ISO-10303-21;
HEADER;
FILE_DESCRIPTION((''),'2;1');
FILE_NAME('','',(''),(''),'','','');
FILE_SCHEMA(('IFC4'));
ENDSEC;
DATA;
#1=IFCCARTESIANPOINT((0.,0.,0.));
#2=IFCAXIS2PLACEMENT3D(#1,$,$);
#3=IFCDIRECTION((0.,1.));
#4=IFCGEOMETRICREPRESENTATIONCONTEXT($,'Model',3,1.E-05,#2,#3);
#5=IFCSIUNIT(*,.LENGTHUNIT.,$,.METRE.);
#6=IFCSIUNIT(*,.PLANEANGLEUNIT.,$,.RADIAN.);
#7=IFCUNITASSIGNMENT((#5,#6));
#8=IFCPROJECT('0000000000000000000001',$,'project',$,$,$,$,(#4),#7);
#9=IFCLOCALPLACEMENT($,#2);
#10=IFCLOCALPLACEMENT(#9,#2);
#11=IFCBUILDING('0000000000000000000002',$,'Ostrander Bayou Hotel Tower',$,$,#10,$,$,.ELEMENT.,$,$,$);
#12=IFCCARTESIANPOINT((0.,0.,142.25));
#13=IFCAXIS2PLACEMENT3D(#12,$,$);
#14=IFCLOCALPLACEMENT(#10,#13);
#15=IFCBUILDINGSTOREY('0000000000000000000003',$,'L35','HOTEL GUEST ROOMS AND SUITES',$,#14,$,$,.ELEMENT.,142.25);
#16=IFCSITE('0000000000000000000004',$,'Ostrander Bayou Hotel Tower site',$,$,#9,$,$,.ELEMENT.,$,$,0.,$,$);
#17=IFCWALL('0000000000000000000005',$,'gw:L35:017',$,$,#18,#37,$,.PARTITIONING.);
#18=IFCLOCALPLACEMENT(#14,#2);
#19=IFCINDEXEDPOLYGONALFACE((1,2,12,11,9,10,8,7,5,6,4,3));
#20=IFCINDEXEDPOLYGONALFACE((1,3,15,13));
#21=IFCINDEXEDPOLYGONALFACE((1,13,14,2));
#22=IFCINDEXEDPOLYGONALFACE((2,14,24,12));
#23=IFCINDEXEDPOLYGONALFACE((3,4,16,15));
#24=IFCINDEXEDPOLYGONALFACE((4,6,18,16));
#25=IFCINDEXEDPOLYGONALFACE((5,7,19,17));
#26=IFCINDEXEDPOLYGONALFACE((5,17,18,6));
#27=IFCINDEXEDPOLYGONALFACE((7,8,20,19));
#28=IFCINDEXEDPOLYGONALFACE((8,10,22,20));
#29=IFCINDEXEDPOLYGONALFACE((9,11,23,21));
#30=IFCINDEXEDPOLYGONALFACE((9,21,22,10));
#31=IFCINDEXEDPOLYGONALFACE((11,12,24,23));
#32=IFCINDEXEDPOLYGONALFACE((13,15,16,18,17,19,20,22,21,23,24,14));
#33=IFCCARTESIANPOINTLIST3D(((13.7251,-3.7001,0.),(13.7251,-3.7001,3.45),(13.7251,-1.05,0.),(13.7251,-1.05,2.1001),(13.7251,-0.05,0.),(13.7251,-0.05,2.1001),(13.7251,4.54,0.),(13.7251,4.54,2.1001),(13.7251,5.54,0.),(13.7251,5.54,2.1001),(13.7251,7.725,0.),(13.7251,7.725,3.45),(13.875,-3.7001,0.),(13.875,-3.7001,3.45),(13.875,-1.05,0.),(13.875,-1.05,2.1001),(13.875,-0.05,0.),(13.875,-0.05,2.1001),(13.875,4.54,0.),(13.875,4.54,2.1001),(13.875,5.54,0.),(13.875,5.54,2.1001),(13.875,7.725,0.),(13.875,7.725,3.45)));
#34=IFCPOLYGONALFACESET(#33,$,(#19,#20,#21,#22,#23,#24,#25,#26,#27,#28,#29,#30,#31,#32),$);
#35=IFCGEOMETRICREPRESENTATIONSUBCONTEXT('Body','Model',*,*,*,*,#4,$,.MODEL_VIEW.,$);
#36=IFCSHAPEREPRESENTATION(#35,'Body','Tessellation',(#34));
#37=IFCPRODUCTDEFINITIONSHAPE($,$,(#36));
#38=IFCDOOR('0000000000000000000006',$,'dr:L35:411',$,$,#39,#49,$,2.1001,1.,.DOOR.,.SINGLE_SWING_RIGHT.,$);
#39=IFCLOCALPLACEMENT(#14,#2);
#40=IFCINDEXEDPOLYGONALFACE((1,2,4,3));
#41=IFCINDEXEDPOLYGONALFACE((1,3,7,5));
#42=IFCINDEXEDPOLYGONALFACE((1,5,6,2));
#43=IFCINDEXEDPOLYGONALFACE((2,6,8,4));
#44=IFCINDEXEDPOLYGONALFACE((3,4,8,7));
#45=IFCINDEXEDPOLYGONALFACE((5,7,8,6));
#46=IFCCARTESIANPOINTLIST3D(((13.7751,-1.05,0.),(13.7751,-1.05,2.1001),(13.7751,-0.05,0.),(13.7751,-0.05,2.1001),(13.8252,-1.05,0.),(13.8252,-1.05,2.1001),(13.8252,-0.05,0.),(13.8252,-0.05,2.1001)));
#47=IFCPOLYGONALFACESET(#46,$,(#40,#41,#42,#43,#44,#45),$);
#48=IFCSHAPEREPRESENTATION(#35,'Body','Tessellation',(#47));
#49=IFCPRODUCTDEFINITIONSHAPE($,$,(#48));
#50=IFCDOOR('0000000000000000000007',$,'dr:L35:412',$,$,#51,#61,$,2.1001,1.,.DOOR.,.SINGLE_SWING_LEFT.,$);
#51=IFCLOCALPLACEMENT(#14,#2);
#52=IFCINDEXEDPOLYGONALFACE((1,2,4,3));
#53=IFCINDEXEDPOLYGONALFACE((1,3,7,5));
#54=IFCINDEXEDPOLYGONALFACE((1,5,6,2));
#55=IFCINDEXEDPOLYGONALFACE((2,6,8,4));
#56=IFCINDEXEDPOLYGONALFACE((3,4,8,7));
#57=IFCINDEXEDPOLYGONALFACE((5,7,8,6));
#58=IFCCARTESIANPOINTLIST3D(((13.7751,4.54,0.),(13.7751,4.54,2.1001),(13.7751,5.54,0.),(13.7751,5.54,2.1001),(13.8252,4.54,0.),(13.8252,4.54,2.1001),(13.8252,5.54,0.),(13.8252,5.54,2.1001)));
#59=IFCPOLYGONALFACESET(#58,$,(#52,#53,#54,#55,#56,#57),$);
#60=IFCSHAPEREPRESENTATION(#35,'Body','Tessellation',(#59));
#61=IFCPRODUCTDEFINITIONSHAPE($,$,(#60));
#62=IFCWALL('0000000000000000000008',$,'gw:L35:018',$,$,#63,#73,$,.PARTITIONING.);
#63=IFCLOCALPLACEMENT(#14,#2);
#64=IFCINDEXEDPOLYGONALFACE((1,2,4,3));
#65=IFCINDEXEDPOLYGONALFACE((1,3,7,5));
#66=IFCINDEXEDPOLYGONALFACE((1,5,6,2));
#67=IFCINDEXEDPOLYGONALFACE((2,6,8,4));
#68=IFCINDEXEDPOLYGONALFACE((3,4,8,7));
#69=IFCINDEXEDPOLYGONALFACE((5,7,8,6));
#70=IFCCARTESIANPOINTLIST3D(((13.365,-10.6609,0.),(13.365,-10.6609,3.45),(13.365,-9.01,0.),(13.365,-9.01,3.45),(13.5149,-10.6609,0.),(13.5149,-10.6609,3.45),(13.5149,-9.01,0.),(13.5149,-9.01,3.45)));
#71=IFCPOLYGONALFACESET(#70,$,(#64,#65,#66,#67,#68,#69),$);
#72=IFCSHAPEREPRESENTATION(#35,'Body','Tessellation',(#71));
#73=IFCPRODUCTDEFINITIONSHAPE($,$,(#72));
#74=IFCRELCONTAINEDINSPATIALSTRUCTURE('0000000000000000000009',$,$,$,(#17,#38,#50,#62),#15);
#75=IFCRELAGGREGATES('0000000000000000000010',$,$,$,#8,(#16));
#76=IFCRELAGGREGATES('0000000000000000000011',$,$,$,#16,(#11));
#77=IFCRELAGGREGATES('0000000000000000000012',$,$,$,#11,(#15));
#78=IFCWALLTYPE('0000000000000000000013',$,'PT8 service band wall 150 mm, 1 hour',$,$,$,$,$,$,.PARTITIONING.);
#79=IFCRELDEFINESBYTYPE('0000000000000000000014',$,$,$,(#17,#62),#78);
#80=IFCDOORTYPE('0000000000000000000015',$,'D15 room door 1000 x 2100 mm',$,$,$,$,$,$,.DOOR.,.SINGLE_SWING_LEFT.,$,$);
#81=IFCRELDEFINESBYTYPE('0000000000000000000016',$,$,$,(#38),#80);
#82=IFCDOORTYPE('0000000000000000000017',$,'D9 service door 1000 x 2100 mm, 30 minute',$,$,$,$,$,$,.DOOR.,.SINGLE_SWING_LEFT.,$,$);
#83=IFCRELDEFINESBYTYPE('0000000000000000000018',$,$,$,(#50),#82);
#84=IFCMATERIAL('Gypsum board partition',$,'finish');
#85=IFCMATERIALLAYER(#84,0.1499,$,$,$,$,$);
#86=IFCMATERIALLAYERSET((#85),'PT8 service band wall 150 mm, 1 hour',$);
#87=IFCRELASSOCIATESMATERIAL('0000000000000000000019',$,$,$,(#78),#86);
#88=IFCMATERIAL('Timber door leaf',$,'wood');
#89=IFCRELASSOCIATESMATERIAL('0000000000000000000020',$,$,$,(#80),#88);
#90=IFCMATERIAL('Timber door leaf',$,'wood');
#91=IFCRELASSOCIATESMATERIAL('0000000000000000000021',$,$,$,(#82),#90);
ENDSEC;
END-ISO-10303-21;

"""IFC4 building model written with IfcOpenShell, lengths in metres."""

from ifc_helpers import new_model, si_unit, direction, frame, frame_2d, origin, place, context, subcontext, project, spatial, rectangle, extrude, material, layer, layer_set, type_object, element, fill, save


model = new_model("IFC4")

# Units and contexts
model_context = context("Model", 3, precision=1e-05, world=origin(), true_north=direction((0.0, 1.0)))
body_context = subcontext(model_context, "Body", "Model", "MODEL_VIEW")
ifc_project = project(units=[si_unit("LENGTHUNIT", "METRE"), si_unit("PLANEANGLEUNIT", "RADIAN")], contexts=[model_context])

# Site, building, storey
site_placement = place(None, origin())
site = spatial("IfcSite", under=ifc_project, at=site_placement, Name="Ostrander Bayou Hotel Tower site", CompositionType="ELEMENT", RefElevation=0.0)
building_placement = place(site_placement, origin())
building = spatial("IfcBuilding", under=site, at=building_placement, Name="Ostrander Bayou Hotel Tower", CompositionType="ELEMENT")
storey_placement = place(building_placement, frame((0.0, 0.0, 142.25)))
storey = spatial("IfcBuildingStorey", under=building, at=storey_placement, Name="L35", Description="HOTEL GUEST ROOMS AND SUITES", CompositionType="ELEMENT", Elevation=142.25)

# Shared definitions
ifc_material_1 = material(Name="Gypsum board partition", Category="finish")
ifc_layer_1 = layer(ifc_material_1, 0.1499)
ifc_layer_set_1 = layer_set([ifc_layer_1], Name="PT8 service band wall 150 mm, 1 hour")
wall_type_1 = type_object("IfcWallType", Name="PT8 service band wall 150 mm, 1 hour", PredefinedType="PARTITIONING", material=ifc_layer_set_1)

# Wall, openings, doors
wall_1_placement = place(storey_placement, frame((13.8, -3.7, 0.0), z_axis=(0.0, 0.0, 1.0), x_axis=(0.0, 1.0, 0.0)))
wall_1 = element("IfcWall", 1, at=wall_1_placement, inside=storey, type_object=wall_type_1, Name="gw:L35:017", PredefinedType="PARTITIONING", context=body_context, shape_type="SweptSolid", body=[
    extrude(rectangle(XDim=11.425, YDim=0.1499, at=frame_2d((5.7124, 0.0))), origin(), (0.0, 0.0, 1.0), 3.45),
])
opening_1_placement = place(wall_1_placement, frame((2.6499, 0.0, 0.0)))
opening_1 = element("IfcOpeningElement", 2, at=opening_1_placement, cuts=wall_1, PredefinedType="OPENING", context=body_context, shape_type="SweptSolid", body=[
    extrude(rectangle(XDim=1.0, YDim=2.1001, at=frame_2d((0.5, 1.05))), frame((0.0, 0.075, 0.0), z_axis=(0.0, -1.0, 0.0), x_axis=(1.0, 0.0, 0.0)), (0.0, 0.0, 1.0), 0.1499),
])
opening_2_placement = place(wall_1_placement, frame((8.24, 0.0, 0.0)))
opening_2 = element("IfcOpeningElement", 3, at=opening_2_placement, cuts=wall_1, PredefinedType="OPENING", context=body_context, shape_type="SweptSolid", body=[
    extrude(rectangle(XDim=1.0, YDim=2.1001, at=frame_2d((0.5, 1.05))), frame((0.0, 0.075, 0.0), z_axis=(0.0, -1.0, 0.0), x_axis=(1.0, 0.0, 0.0)), (0.0, 0.0, 1.0), 0.1499),
])
ifc_material_2 = material(Name="Timber door leaf", Category="wood")
door_type_1 = type_object("IfcDoorType", Name="D15 room door 1000 x 2100 mm", OperationType="SINGLE_SWING_LEFT", PredefinedType="DOOR", material=ifc_material_2)
door_1_placement = place(opening_1_placement, origin())
door_1 = element("IfcDoor", 4, at=door_1_placement, inside=storey, type_object=door_type_1, Name="dr:L35:411", OperationType="SINGLE_SWING_RIGHT", OverallHeight=2.1001, OverallWidth=1.0, PredefinedType="DOOR", context=body_context, shape_type="SweptSolid", body=[
    extrude(rectangle(XDim=1.0, YDim=2.1001, at=frame_2d((0.5, 1.05))), frame((0.0, 0.0249, 0.0), z_axis=(0.0, -1.0, 0.0), x_axis=(1.0, 0.0, 0.0)), (0.0, 0.0, 1.0), 0.05),
])
fill(opening_1, door_1)
ifc_material_3 = material(Name="Timber door leaf", Category="wood")
door_type_2 = type_object("IfcDoorType", Name="D9 service door 1000 x 2100 mm, 30 minute", OperationType="SINGLE_SWING_LEFT", PredefinedType="DOOR", material=ifc_material_3)
door_2_placement = place(opening_2_placement, origin())
door_2 = element("IfcDoor", 5, at=door_2_placement, inside=storey, type_object=door_type_2, Name="dr:L35:412", OperationType="SINGLE_SWING_LEFT", OverallHeight=2.1001, OverallWidth=1.0, PredefinedType="DOOR", context=body_context, shape_type="SweptSolid", body=[
    extrude(rectangle(XDim=1.0, YDim=2.1001, at=frame_2d((0.5, 1.05))), frame((0.0, 0.0249, 0.0), z_axis=(0.0, -1.0, 0.0), x_axis=(1.0, 0.0, 0.0)), (0.0, 0.0, 1.0), 0.05),
])
fill(opening_2, door_2)

# Wall
wall_2_placement = place(storey_placement, frame((13.4399, -10.6609, 0.0), z_axis=(0.0, 0.0, 1.0), x_axis=(0.0, 1.0, 0.0)))
element("IfcWall", 6, at=wall_2_placement, inside=storey, type_object=wall_type_1, Name="gw:L35:018", PredefinedType="PARTITIONING", context=body_context, shape_type="SweptSolid", body=[
    extrude(rectangle(XDim=1.6509, YDim=0.1499, at=frame_2d((0.8254, 0.0))), origin(), (0.0, 0.0, 1.0), 3.45),
])

save(model, "model.ifc")
